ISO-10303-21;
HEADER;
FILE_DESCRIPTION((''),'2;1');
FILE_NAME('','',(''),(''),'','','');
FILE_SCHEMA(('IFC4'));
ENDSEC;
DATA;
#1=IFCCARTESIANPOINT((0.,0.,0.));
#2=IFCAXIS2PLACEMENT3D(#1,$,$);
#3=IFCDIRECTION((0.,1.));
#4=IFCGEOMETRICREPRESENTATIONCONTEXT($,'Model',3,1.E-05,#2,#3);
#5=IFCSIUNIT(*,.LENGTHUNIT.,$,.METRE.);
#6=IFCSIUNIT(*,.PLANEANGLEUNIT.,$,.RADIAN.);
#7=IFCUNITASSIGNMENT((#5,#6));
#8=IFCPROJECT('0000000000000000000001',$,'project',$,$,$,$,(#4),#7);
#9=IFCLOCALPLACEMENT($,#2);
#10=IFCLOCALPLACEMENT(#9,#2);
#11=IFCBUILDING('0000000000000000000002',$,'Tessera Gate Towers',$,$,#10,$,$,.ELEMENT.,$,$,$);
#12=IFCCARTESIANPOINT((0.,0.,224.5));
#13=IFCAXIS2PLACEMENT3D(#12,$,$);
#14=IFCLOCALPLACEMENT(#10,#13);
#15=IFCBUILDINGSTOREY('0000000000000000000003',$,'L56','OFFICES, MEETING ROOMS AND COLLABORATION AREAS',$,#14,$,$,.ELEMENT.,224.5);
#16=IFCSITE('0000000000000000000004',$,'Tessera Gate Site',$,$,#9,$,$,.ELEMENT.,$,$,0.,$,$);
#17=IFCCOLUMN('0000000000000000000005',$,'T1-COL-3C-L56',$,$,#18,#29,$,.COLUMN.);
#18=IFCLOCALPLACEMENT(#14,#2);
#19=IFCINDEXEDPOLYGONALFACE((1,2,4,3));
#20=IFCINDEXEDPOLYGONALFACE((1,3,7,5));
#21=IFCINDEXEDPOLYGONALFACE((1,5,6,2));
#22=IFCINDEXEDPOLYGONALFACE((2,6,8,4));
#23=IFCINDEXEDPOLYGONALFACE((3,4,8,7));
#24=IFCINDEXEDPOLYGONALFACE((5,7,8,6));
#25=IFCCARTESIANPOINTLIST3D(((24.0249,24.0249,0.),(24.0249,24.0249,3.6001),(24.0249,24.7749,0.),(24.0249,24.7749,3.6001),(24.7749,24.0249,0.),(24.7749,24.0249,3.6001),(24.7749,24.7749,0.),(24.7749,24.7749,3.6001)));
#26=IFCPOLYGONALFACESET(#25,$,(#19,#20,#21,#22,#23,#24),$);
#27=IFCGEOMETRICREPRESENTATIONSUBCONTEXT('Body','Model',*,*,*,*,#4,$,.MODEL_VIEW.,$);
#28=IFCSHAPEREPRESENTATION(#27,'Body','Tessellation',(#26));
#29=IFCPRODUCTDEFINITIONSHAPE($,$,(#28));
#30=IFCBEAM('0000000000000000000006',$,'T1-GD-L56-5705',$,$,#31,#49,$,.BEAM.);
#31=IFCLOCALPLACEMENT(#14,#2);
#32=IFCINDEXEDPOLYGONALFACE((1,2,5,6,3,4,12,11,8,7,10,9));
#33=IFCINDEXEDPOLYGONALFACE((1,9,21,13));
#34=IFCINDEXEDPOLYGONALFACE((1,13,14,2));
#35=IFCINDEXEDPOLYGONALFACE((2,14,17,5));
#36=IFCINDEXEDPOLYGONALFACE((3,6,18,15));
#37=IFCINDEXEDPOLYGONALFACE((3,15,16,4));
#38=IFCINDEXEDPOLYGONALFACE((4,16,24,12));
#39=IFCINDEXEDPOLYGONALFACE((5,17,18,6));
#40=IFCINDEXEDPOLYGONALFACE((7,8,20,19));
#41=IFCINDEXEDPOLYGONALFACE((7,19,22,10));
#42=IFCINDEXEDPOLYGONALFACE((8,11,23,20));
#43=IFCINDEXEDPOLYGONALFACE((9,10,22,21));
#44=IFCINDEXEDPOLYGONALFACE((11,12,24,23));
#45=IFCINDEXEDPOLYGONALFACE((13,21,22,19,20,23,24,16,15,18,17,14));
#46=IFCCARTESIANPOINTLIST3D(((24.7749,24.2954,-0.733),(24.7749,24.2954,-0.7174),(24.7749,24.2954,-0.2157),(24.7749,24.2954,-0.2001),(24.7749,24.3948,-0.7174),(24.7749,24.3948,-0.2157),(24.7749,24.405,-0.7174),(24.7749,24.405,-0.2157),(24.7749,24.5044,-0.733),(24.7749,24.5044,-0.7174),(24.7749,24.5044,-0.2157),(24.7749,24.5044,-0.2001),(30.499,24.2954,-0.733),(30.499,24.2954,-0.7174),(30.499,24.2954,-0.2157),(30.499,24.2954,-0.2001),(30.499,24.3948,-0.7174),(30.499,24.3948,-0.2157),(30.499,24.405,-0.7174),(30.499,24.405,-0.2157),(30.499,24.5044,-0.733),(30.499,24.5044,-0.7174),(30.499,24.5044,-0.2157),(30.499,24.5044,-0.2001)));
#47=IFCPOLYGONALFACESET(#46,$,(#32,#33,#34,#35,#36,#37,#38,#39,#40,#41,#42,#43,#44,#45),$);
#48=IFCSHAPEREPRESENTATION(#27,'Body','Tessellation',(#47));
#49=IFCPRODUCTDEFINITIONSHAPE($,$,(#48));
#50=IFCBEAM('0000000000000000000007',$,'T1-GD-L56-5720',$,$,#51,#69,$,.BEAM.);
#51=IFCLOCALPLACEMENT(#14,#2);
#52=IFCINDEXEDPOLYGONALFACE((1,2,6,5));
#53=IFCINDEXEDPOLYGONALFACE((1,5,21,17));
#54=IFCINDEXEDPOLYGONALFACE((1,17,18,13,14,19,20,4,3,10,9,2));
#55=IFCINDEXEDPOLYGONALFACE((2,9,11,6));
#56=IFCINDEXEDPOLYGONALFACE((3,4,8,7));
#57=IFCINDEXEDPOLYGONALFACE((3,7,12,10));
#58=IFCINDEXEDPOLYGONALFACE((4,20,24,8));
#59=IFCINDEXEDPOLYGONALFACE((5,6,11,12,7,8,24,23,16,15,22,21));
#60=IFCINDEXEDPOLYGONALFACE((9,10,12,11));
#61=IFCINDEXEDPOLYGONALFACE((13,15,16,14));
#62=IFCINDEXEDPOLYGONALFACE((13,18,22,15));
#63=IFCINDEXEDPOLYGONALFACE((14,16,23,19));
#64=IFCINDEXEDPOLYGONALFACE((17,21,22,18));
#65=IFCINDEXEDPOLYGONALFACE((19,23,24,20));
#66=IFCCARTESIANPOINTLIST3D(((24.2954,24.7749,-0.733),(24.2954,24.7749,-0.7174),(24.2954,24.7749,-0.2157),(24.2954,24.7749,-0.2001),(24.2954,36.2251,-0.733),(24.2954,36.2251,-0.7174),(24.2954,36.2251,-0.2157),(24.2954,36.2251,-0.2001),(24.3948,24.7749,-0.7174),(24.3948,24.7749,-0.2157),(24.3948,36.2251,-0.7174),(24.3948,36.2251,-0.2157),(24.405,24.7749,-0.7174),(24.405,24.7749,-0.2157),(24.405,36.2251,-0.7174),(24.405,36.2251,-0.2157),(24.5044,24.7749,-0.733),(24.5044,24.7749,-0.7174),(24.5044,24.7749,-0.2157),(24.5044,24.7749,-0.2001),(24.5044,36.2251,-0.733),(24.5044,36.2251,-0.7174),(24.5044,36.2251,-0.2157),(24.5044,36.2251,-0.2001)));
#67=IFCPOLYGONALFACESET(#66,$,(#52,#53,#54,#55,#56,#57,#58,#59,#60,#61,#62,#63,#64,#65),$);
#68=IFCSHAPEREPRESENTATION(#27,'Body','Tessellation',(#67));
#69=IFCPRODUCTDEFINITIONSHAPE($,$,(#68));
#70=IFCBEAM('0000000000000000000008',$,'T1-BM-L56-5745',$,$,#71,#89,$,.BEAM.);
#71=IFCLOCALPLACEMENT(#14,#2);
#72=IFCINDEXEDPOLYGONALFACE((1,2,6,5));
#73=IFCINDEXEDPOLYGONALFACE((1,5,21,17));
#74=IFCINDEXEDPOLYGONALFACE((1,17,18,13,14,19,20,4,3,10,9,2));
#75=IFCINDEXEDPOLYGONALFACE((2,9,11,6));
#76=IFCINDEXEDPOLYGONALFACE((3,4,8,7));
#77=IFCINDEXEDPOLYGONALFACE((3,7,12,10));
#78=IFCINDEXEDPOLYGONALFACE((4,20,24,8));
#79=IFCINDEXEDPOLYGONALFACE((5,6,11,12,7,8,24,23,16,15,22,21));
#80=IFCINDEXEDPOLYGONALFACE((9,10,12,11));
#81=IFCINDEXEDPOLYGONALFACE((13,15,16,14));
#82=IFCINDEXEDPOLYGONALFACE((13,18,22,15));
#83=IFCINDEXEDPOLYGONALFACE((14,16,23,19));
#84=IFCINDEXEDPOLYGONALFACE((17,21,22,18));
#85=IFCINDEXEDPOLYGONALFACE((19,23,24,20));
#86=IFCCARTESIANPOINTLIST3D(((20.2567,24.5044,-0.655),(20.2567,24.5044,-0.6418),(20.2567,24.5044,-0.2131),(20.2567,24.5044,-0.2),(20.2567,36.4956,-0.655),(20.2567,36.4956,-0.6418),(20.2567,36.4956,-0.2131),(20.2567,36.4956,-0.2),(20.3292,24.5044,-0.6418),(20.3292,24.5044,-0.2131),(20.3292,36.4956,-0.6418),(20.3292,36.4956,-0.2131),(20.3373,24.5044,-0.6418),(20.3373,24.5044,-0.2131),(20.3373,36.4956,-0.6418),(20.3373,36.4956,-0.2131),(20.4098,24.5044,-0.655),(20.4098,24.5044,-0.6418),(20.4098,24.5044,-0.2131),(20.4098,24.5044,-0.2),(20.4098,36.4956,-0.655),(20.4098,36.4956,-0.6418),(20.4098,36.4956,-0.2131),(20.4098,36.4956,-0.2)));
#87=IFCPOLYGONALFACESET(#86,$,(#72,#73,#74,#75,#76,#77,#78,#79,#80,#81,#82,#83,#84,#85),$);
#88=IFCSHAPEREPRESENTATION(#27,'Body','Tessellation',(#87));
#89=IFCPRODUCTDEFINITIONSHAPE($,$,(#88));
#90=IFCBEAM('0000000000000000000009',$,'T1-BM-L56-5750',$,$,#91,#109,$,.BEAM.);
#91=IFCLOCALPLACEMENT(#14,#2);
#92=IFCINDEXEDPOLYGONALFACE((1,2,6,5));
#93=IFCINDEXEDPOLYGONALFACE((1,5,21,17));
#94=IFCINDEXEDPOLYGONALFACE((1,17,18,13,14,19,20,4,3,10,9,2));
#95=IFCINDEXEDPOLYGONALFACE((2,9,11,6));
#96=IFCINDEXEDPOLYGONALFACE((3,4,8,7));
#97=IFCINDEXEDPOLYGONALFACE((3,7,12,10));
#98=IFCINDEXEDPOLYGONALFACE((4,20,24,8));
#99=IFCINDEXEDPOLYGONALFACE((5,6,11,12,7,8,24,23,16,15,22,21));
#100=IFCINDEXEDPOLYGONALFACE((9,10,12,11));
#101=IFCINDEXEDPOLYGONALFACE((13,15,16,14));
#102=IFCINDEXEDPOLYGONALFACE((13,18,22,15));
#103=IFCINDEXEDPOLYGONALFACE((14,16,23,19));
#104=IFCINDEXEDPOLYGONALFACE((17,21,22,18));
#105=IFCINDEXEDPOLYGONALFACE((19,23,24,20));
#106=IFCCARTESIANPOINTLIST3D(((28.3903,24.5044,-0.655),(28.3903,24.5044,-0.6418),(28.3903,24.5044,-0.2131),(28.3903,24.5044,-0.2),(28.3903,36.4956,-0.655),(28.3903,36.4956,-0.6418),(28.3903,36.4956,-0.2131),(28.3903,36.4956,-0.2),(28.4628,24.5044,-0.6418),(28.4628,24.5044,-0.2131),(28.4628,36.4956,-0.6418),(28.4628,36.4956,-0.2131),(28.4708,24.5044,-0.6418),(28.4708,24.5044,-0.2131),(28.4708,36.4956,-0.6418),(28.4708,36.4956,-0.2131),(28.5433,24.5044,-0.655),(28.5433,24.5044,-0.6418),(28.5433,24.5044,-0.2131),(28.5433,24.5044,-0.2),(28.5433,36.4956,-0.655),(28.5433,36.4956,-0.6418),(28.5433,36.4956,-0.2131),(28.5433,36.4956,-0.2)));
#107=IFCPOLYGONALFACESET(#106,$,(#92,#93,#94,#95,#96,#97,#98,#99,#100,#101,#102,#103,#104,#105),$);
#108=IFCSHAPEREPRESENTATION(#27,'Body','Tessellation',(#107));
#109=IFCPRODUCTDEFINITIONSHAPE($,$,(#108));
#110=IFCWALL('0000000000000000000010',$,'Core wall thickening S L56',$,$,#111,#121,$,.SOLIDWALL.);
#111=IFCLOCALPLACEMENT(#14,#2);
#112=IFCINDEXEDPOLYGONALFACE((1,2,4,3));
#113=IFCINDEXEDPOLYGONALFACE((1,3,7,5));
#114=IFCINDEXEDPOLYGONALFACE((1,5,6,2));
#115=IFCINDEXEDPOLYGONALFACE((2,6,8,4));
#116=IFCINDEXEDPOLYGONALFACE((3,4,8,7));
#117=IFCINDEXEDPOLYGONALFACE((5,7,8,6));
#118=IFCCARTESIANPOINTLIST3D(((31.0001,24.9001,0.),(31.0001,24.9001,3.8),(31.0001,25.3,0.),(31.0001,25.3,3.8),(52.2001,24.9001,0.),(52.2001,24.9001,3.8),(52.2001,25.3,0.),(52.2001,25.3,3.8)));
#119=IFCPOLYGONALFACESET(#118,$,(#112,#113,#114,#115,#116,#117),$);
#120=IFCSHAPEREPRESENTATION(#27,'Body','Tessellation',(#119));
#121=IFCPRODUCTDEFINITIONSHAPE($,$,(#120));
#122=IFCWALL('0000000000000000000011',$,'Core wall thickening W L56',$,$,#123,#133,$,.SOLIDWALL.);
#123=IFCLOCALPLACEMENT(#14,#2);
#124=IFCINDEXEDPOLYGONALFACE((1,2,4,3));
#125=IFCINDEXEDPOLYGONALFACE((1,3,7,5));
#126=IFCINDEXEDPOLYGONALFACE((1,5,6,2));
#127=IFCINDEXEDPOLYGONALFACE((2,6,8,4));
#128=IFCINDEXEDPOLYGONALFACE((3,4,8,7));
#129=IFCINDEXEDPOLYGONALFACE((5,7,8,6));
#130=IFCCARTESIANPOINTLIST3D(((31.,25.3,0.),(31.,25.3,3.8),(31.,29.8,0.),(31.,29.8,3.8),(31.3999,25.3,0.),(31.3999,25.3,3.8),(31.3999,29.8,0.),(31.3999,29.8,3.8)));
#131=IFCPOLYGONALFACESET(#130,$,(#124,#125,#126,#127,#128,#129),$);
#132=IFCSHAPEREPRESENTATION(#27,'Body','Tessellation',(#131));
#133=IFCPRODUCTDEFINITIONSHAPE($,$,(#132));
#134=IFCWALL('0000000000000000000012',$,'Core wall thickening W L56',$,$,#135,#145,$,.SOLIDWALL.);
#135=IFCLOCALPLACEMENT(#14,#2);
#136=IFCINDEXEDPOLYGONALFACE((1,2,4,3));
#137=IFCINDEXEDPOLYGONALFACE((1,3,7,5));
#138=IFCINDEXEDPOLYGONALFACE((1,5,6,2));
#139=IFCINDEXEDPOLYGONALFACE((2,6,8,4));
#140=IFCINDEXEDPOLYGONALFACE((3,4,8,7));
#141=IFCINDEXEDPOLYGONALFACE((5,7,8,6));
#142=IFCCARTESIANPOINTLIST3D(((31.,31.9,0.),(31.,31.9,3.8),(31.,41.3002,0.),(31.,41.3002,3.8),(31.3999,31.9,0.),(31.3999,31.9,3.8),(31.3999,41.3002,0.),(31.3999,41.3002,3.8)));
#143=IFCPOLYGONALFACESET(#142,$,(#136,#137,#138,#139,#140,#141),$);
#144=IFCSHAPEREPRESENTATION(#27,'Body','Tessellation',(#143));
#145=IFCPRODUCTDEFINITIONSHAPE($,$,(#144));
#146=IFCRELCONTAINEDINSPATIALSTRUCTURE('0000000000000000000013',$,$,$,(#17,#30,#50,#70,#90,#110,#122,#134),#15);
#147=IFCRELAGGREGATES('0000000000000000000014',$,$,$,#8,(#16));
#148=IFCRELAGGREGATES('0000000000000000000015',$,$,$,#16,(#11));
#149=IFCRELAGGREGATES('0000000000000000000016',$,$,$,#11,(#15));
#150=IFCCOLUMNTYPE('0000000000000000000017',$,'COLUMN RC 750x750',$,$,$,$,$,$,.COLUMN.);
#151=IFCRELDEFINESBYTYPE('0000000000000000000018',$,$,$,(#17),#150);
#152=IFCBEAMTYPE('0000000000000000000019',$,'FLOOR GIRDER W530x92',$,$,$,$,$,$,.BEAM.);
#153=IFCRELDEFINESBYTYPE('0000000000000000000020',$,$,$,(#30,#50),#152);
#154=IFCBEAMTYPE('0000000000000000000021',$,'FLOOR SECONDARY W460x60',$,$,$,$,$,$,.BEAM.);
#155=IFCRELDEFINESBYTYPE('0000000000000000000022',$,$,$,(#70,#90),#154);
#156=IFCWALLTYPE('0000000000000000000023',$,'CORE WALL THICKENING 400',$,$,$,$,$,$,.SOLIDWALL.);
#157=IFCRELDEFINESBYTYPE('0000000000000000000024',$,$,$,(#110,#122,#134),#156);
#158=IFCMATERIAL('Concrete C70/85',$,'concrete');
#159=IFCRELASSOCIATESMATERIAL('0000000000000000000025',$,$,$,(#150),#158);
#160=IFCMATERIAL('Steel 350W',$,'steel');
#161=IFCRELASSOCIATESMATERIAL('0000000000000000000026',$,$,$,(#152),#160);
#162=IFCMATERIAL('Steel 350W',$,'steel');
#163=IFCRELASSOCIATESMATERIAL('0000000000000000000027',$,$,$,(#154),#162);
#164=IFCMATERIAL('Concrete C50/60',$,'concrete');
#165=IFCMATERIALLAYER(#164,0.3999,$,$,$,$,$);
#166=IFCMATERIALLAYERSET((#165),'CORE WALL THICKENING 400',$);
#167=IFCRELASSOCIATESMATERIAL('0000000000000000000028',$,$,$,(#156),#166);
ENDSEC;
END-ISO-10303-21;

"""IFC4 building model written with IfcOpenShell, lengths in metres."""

from ifc_helpers import new_model, si_unit, direction, frame, frame_2d, origin, origin_2d, place, context, subcontext, project, spatial, rectangle, i_section, extrude, material, layer, layer_set, material_profile, profile_set, type_object, element, save


model = new_model("IFC4")

# Units and contexts
model_context = context("Model", 3, precision=1e-05, world=origin(), true_north=direction((0.0, 1.0)))
body_context = subcontext(model_context, "Body", "Model", "MODEL_VIEW")
ifc_project = project(units=[si_unit("LENGTHUNIT", "METRE"), si_unit("PLANEANGLEUNIT", "RADIAN")], contexts=[model_context])

# Site, building, storey
site_placement = place(None, origin())
site = spatial("IfcSite", under=ifc_project, at=site_placement, Name="Tessera Gate Site", CompositionType="ELEMENT", RefElevation=0.0)
building_placement = place(site_placement, origin())
building = spatial("IfcBuilding", under=site, at=building_placement, Name="Tessera Gate Towers", CompositionType="ELEMENT")
storey_placement = place(building_placement, frame((0.0, 0.0, 224.5)))
storey = spatial("IfcBuildingStorey", under=building, at=storey_placement, Name="L56", Description="OFFICES, MEETING ROOMS AND COLLABORATION AREAS", CompositionType="ELEMENT", Elevation=224.5)

# Column
ifc_material_1 = material(Name="Concrete C70/85", Category="concrete")
ifc_material_profile_1 = material_profile(ifc_material_1, rectangle(XDim=0.75, YDim=0.75, at=origin_2d()), Name="RC 750x750")
ifc_profile_set_1 = profile_set([ifc_material_profile_1], Name="Concrete C70/85")
column_type = type_object("IfcColumnType", Name="COLUMN RC 750x750", PredefinedType="COLUMN", material=ifc_profile_set_1)
column_placement = place(storey_placement, frame((24.3999, 24.3999, 0.0), z_axis=(0.0, 0.0, 1.0), x_axis=(1.0, 0.0, 0.0)))
element("IfcColumn", 1, at=column_placement, inside=storey, type_object=column_type, Name="T1-COL-3C-L56", PredefinedType="COLUMN", context=body_context, shape_type="SweptSolid", body=[
    extrude(rectangle(XDim=0.75, YDim=0.75, at=origin_2d()), origin(), (0.0, 0.0, 1.0), 3.6001),
])

# Beams
ifc_material_2 = material(Name="Steel 350W", Category="steel")
ifc_material_profile_2 = material_profile(ifc_material_2, i_section(OverallWidth=0.209, OverallDepth=0.533, WebThickness=0.0103, FlangeThickness=0.0156, at=origin_2d()), Name="W530x92")
ifc_profile_set_2 = profile_set([ifc_material_profile_2], Name="Steel 350W")
beam_type_1 = type_object("IfcBeamType", Name="FLOOR GIRDER W530x92", PredefinedType="BEAM", material=ifc_profile_set_2)
beam_1_placement = place(storey_placement, frame((24.7749, 24.3999, -0.4666), z_axis=(1.0, 0.0, 0.0), x_axis=(0.0, 1.0, 0.0)))
element("IfcBeam", 2, at=beam_1_placement, inside=storey, type_object=beam_type_1, Name="T1-GD-L56-5705", PredefinedType="BEAM", context=body_context, shape_type="SweptSolid", body=[
    extrude(i_section(OverallWidth=0.209, OverallDepth=0.533, WebThickness=0.0103, FlangeThickness=0.0156, at=origin_2d()), origin(), (0.0, 0.0, 1.0), 5.7241),
])
beam_2_placement = place(storey_placement, frame((24.3999, 24.7749, -0.4666), z_axis=(0.0, 1.0, 0.0), x_axis=(-1.0, 0.0, 0.0)))
element("IfcBeam", 3, at=beam_2_placement, inside=storey, type_object=beam_type_1, Name="T1-GD-L56-5720", PredefinedType="BEAM", context=body_context, shape_type="SweptSolid", body=[
    extrude(i_section(OverallWidth=0.209, OverallDepth=0.533, WebThickness=0.0103, FlangeThickness=0.0156, at=origin_2d()), origin(), (0.0, 0.0, 1.0), 11.4502),
])
ifc_material_3 = material(Name="Steel 350W", Category="steel")
ifc_material_profile_3 = material_profile(ifc_material_3, i_section(OverallWidth=0.1531, OverallDepth=0.4551, WebThickness=0.0081, FlangeThickness=0.0132, at=origin_2d()), Name="W460x60")
ifc_profile_set_3 = profile_set([ifc_material_profile_3], Name="Steel 350W")
beam_type_2 = type_object("IfcBeamType", Name="FLOOR SECONDARY W460x60", PredefinedType="BEAM", material=ifc_profile_set_3)
for number, where, z_axis, x_axis, name in (
    (4, (20.3333, 24.5044, -0.4275), (0.0, 1.0, 0.0), (-1.0, 0.0, 0.0), "T1-BM-L56-5745"),
    (5, (28.4668, 24.5044, -0.4275), (0.0, 1.0, 0.0), (-1.0, 0.0, 0.0), "T1-BM-L56-5750"),
):
    element("IfcBeam", number, at=place(storey_placement, frame(where, z_axis=z_axis, x_axis=x_axis)), inside=storey, type_object=beam_type_2, Name=name, PredefinedType="BEAM", context=body_context, shape_type="SweptSolid", body=[
        extrude(i_section(OverallWidth=0.1531, OverallDepth=0.4551, WebThickness=0.0081, FlangeThickness=0.0132, at=origin_2d()), origin(), (0.0, 0.0, 1.0), 11.9912),
    ])

# Walls
ifc_material_4 = material(Name="Concrete C50/60", Category="concrete")
ifc_layer_1 = layer(ifc_material_4, 0.3999)
ifc_layer_set_1 = layer_set([ifc_layer_1], Name="CORE WALL THICKENING 400")
wall_type_1 = type_object("IfcWallType", Name="CORE WALL THICKENING 400", PredefinedType="SOLIDWALL", material=ifc_layer_set_1)
wall_1_placement = place(storey_placement, frame((31.0, 25.1001, 0.0), z_axis=(0.0, 0.0, 1.0), x_axis=(1.0, 0.0, 0.0)))
element("IfcWall", 6, at=wall_1_placement, inside=storey, type_object=wall_type_1, Name="Core wall thickening S L56", PredefinedType="SOLIDWALL", context=body_context, shape_type="SweptSolid", body=[
    extrude(rectangle(XDim=21.2, YDim=0.3999, at=frame_2d((10.6001, 0.0))), origin(), (0.0, 0.0, 1.0), 3.8),
])
wall_2_placement = place(storey_placement, frame((31.2, 25.3, 0.0), z_axis=(0.0, 0.0, 1.0), x_axis=(0.0, 1.0, 0.0)))
element("IfcWall", 7, at=wall_2_placement, inside=storey, type_object=wall_type_1, Name="Core wall thickening W L56", PredefinedType="SOLIDWALL", context=body_context, shape_type="SweptSolid", body=[
    extrude(rectangle(XDim=4.5, YDim=0.3999, at=frame_2d((2.25, 0.0))), origin(), (0.0, 0.0, 1.0), 3.8),
])
wall_3_placement = place(storey_placement, frame((31.2, 31.8999, 0.0), z_axis=(0.0, 0.0, 1.0), x_axis=(0.0, 1.0, 0.0)))
element("IfcWall", 8, at=wall_3_placement, inside=storey, type_object=wall_type_1, Name="Core wall thickening W L56", PredefinedType="SOLIDWALL", context=body_context, shape_type="SweptSolid", body=[
    extrude(rectangle(XDim=9.4001, YDim=0.3999, at=frame_2d((4.7002, 0.0))), origin(), (0.0, 0.0, 1.0), 3.8),
])

save(model, "model.ifc")
